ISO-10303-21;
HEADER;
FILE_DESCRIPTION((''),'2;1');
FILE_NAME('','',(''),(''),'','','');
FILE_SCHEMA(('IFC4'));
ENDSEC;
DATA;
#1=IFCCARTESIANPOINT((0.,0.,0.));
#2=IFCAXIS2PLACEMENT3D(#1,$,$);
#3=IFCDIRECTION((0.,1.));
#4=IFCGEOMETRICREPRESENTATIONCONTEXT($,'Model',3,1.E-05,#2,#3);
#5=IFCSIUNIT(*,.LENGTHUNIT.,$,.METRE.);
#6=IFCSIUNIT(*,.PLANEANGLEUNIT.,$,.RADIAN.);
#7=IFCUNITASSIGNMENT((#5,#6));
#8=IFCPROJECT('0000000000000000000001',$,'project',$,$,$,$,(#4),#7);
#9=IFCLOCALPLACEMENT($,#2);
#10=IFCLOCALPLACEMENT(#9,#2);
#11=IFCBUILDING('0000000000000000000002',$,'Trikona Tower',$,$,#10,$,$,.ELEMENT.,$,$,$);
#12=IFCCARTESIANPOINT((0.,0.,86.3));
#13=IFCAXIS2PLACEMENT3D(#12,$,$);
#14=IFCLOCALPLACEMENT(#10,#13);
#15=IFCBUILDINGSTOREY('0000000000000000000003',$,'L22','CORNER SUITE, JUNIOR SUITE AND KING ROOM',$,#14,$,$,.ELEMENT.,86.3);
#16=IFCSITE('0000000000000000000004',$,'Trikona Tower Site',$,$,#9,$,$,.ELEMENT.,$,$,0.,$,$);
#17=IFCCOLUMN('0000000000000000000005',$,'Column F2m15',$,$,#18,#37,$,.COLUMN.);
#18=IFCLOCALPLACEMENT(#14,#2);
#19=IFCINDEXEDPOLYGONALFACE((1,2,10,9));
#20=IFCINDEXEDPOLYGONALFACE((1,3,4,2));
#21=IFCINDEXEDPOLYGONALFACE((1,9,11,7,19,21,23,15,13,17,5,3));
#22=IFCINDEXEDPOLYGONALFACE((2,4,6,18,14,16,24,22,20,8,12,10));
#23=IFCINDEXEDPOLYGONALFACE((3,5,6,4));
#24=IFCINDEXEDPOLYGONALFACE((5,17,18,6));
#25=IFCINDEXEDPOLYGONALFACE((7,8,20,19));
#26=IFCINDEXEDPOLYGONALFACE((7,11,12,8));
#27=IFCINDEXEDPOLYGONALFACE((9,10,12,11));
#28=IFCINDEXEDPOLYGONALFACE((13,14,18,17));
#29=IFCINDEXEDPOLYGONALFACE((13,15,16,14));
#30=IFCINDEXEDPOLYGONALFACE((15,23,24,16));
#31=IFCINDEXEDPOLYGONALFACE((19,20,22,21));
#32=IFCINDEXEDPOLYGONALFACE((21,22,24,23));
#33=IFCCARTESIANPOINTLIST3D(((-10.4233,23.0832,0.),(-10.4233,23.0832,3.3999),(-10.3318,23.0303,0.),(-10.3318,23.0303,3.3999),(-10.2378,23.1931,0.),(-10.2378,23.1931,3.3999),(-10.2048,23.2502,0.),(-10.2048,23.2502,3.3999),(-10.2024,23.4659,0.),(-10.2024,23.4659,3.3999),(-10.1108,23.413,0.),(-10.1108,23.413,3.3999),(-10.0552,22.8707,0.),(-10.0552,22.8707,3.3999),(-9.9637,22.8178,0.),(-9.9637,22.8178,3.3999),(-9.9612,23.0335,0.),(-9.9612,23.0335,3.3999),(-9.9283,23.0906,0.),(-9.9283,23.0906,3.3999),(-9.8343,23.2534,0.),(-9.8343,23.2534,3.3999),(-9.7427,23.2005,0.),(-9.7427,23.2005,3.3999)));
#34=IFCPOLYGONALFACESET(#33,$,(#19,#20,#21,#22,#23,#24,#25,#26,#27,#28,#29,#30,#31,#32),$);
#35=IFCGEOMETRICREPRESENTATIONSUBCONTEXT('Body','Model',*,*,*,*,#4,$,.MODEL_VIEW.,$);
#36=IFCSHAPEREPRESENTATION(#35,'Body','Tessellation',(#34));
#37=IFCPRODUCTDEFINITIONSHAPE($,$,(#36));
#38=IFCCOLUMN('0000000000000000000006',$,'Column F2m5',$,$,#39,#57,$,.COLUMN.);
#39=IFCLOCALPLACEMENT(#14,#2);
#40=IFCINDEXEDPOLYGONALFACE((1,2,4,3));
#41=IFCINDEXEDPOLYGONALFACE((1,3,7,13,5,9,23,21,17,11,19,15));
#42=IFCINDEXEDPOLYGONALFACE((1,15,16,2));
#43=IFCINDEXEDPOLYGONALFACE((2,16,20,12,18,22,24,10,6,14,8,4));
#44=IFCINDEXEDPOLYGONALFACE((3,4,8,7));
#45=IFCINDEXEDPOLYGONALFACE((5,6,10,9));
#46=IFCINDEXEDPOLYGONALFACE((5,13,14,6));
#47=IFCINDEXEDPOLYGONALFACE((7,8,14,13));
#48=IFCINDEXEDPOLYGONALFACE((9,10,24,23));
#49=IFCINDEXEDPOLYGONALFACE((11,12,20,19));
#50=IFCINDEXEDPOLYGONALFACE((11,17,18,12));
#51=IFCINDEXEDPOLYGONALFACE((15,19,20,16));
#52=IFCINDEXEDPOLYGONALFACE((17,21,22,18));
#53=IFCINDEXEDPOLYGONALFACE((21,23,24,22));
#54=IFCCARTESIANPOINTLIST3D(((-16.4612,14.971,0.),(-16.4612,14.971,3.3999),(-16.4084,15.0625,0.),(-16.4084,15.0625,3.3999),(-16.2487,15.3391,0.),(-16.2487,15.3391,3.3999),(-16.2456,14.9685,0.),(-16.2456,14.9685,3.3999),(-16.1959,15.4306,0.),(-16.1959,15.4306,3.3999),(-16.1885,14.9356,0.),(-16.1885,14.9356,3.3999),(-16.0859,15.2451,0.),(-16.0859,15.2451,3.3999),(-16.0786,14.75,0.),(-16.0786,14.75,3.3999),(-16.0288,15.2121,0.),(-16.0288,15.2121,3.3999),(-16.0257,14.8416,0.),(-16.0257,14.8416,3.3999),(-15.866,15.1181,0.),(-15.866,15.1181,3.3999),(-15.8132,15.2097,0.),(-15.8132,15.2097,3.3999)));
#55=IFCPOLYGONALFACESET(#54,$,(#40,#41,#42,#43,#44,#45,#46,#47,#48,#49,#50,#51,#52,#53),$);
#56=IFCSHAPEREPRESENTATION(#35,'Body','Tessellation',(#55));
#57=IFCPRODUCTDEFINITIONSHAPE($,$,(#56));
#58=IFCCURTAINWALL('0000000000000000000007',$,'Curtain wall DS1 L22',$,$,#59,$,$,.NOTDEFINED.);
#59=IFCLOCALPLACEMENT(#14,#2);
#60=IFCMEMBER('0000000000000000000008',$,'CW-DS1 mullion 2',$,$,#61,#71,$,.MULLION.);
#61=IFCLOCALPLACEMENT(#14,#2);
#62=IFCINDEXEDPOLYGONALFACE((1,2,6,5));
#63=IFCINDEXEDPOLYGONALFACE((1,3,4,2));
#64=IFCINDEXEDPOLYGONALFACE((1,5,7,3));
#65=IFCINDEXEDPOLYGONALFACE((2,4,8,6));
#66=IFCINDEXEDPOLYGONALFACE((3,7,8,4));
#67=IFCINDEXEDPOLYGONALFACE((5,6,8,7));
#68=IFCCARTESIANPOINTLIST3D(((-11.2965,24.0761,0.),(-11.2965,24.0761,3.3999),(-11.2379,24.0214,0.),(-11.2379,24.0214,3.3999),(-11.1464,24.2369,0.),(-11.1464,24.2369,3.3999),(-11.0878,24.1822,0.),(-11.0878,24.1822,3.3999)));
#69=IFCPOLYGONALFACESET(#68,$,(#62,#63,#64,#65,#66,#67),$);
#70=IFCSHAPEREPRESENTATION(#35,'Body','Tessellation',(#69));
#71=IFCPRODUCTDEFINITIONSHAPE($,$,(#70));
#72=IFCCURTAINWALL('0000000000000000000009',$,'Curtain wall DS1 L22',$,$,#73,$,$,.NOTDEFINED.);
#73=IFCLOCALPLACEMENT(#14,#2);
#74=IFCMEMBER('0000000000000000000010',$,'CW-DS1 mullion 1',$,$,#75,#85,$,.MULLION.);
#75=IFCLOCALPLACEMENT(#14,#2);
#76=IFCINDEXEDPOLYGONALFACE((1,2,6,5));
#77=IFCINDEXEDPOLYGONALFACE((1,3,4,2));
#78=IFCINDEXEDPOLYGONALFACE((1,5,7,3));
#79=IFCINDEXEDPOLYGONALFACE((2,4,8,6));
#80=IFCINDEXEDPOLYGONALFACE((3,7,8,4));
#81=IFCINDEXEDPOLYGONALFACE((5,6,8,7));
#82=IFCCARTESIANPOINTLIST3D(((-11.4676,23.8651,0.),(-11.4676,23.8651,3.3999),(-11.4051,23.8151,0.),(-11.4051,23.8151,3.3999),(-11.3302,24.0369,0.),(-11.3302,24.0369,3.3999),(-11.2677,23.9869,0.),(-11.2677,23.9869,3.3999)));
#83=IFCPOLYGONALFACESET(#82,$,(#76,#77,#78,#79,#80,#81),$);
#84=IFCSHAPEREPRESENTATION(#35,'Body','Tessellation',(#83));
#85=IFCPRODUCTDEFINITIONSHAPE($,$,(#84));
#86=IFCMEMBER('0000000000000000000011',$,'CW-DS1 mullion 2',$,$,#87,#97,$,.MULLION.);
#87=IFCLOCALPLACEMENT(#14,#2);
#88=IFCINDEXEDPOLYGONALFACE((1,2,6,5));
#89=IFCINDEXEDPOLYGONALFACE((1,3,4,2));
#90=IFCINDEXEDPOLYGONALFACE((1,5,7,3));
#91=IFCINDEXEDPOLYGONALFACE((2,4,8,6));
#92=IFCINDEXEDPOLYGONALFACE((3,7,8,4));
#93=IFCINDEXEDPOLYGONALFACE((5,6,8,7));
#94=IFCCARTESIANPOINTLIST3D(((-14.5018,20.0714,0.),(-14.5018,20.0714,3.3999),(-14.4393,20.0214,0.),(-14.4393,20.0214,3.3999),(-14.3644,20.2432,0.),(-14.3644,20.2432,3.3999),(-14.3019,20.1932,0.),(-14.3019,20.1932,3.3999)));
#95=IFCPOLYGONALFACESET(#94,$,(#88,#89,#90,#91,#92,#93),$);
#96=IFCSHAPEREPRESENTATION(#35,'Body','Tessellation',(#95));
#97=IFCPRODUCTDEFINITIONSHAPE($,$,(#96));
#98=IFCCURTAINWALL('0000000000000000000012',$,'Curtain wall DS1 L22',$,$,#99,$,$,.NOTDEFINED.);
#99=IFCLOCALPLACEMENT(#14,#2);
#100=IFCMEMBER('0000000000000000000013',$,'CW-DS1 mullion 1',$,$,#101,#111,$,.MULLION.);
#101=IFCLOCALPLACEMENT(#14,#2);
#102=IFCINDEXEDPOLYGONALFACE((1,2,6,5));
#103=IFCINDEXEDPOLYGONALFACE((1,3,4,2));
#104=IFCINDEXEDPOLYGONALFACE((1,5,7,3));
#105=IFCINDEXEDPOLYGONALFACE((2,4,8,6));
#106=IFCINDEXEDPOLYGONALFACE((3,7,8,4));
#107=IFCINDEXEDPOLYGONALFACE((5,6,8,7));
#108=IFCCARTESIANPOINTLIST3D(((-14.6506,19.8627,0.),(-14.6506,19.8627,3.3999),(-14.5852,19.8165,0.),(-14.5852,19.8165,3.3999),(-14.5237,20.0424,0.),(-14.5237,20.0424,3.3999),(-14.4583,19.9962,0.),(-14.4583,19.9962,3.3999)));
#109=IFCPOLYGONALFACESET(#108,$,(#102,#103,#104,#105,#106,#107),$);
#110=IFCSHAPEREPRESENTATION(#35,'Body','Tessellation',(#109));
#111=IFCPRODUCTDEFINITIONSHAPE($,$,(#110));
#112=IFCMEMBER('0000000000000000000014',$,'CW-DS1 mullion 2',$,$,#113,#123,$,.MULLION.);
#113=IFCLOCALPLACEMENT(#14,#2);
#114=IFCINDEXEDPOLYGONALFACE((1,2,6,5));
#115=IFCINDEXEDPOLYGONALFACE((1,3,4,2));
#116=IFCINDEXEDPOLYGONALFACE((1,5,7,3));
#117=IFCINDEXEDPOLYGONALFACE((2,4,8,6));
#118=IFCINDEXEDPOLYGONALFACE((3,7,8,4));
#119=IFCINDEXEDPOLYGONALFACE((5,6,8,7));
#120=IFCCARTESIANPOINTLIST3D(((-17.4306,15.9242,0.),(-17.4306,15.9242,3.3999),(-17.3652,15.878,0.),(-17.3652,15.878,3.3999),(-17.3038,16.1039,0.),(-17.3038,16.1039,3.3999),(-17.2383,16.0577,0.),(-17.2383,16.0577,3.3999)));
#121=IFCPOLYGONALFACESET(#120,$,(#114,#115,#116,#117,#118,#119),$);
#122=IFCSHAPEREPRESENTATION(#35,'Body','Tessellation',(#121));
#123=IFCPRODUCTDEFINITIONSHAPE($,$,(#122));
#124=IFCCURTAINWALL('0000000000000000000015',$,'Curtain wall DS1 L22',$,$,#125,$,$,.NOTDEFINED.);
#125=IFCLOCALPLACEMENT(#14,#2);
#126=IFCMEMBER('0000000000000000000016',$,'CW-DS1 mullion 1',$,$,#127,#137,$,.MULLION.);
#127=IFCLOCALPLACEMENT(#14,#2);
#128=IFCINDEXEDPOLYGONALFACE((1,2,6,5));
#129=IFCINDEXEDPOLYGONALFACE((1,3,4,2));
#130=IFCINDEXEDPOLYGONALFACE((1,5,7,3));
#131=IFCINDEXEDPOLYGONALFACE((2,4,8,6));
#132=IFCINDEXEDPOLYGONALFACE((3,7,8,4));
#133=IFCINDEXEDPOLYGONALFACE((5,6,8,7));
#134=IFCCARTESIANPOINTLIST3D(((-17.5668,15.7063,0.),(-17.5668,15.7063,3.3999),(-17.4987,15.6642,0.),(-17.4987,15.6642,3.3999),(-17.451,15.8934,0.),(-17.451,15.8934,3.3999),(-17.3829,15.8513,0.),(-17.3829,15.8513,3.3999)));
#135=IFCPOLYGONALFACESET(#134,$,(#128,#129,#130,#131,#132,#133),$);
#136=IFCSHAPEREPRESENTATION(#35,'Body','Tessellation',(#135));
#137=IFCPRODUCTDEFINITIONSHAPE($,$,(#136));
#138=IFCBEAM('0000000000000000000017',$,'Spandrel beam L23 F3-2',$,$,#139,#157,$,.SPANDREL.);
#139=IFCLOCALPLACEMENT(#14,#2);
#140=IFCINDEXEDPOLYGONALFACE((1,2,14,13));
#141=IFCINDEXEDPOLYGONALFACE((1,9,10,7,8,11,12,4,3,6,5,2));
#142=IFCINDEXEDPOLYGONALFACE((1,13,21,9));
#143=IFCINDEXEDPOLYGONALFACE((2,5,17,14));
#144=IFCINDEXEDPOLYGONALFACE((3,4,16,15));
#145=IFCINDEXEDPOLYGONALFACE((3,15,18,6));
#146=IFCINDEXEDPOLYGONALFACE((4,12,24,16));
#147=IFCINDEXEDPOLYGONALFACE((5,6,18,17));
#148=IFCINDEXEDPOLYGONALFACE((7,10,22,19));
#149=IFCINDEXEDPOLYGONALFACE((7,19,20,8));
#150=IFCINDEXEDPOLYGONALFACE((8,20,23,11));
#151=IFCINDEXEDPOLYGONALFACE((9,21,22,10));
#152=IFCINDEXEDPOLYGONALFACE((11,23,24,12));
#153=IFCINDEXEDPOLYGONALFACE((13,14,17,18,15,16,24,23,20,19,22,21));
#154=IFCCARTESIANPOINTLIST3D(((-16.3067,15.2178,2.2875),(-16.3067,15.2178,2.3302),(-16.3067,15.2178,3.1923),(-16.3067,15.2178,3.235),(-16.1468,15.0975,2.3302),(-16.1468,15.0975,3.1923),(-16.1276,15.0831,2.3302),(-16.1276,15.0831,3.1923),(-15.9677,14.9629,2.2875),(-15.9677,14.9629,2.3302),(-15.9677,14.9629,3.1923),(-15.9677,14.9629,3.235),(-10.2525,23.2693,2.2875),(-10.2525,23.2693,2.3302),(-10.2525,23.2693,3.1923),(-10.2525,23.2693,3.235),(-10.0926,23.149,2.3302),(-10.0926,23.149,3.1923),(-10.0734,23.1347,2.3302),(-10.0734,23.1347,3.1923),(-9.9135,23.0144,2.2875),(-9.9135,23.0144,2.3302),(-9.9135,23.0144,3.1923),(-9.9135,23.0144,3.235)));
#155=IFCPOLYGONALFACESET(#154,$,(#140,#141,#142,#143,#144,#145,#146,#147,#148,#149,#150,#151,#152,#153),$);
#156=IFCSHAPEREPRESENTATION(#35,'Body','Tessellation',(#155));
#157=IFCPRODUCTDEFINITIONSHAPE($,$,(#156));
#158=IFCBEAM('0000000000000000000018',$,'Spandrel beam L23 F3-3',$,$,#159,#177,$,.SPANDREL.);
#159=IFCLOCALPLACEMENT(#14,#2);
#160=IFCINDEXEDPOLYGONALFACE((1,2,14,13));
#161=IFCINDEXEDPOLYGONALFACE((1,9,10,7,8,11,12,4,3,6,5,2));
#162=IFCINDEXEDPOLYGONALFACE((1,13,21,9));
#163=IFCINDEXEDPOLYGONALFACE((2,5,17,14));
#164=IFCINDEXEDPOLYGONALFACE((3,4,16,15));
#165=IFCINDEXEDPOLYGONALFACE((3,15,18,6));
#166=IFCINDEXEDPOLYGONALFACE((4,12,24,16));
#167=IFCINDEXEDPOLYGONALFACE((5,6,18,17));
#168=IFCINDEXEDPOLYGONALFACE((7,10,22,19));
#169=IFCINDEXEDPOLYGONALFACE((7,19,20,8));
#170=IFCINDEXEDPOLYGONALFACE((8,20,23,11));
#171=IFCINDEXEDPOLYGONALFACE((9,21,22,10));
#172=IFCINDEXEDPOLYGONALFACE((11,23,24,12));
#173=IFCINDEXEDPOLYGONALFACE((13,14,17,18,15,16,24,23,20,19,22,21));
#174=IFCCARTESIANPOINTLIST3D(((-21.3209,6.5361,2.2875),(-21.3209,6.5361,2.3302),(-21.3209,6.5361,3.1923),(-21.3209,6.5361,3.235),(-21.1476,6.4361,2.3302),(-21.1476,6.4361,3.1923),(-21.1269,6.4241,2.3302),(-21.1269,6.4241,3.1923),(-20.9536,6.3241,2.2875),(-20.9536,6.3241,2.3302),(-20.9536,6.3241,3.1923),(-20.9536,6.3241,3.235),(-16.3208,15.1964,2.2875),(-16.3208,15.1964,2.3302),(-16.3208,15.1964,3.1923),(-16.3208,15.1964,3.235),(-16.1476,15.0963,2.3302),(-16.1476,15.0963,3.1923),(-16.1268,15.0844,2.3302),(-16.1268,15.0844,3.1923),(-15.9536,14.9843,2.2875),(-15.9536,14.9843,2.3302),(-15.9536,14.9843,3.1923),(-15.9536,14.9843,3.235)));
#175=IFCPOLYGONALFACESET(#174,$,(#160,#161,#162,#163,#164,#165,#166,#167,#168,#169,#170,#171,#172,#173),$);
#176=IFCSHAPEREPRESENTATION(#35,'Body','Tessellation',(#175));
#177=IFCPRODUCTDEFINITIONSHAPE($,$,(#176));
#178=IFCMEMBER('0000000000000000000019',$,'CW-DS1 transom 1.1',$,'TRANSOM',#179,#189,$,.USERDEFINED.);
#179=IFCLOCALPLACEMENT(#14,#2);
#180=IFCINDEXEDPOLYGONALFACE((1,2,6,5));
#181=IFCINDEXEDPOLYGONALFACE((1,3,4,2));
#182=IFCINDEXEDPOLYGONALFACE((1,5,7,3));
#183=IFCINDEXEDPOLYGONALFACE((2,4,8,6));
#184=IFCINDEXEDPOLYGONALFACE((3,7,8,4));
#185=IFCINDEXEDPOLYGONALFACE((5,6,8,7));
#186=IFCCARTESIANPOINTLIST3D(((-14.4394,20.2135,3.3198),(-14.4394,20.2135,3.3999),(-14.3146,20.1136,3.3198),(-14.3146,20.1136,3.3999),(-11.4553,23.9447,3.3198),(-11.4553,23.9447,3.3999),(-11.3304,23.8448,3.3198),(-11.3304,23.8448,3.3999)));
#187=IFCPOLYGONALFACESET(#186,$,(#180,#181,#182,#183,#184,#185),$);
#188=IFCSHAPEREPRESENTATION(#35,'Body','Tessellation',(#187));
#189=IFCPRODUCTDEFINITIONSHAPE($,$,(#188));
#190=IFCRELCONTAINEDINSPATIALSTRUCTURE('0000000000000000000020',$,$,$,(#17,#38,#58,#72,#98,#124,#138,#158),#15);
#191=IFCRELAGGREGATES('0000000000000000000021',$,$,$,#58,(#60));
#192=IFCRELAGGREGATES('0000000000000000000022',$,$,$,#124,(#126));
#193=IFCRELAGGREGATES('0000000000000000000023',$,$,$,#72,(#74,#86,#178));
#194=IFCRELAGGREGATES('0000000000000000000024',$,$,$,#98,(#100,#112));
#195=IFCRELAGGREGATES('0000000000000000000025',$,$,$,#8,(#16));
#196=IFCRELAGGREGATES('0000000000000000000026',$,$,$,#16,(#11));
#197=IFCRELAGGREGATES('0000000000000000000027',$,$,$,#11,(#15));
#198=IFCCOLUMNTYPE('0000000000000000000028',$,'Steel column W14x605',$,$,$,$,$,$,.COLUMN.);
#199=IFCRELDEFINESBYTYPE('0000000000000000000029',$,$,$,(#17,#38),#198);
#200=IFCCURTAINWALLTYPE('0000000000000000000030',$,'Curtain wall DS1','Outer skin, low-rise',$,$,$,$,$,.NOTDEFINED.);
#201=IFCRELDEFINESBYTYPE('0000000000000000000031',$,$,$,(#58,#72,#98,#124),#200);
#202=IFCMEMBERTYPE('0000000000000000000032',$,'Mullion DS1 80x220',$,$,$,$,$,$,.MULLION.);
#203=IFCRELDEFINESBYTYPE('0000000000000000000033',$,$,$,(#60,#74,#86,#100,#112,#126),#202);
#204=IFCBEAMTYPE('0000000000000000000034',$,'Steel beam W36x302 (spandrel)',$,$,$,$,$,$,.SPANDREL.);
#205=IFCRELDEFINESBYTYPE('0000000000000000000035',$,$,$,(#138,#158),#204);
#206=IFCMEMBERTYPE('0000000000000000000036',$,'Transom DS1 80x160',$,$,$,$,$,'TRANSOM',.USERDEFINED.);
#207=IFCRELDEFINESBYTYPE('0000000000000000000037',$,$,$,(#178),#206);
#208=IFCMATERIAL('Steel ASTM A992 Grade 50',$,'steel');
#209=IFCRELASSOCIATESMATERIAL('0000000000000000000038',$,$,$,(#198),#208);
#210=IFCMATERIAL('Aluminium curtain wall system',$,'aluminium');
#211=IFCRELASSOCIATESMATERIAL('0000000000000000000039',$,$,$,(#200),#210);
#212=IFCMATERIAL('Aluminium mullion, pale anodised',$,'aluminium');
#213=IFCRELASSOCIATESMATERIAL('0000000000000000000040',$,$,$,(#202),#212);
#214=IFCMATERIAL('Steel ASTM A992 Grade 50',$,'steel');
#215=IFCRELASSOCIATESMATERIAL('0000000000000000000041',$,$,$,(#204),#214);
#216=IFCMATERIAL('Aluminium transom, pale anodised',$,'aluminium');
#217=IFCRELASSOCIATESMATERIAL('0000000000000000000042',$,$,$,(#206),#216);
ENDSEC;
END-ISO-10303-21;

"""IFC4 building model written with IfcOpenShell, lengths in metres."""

from ifc_helpers import new_model, si_unit, direction, frame, origin, origin_2d, place, context, subcontext, project, spatial, rectangle, i_section, extrude, material, material_profile, profile_set, type_object, element, aggregate, save


model = new_model("IFC4")

# Units and contexts
model_context = context("Model", 3, precision=1e-05, world=origin(), true_north=direction((0.0, 1.0)))
body_context = subcontext(model_context, "Body", "Model", "MODEL_VIEW")
ifc_project = project(units=[si_unit("LENGTHUNIT", "METRE"), si_unit("PLANEANGLEUNIT", "RADIAN")], contexts=[model_context])

# Site, building, storey
site_placement = place(None, origin())
site = spatial("IfcSite", under=ifc_project, at=site_placement, Name="Trikona Tower Site", CompositionType="ELEMENT", RefElevation=0.0)
building_placement = place(site_placement, origin())
building = spatial("IfcBuilding", under=site, at=building_placement, Name="Trikona Tower", CompositionType="ELEMENT")
storey_placement = place(building_placement, frame((0.0, 0.0, 86.3)))
storey = spatial("IfcBuildingStorey", under=building, at=storey_placement, Name="L22", Description="CORNER SUITE, JUNIOR SUITE AND KING ROOM", CompositionType="ELEMENT", Elevation=86.3)

# Columns
ifc_material_1 = material(Name="Steel ASTM A992 Grade 50", Category="steel")
ifc_material_profile_1 = material_profile(ifc_material_1, i_section(OverallWidth=0.4419, OverallDepth=0.5308, WebThickness=0.0659, FlangeThickness=0.1057, at=origin_2d()), Name="W14X605")
ifc_profile_set_1 = profile_set([ifc_material_profile_1], Name="Steel ASTM A992 Grade 50")
column_type = type_object("IfcColumnType", Name="Steel column W14x605", PredefinedType="COLUMN", material=ifc_profile_set_1)
for number, where, z_axis, x_axis, name in (
    (1, (-10.083, 23.1418, 0.0), (0.0, 0.0, 1.0), (-0.5, -0.866025, 0.0), "Column F2m15"),
    (2, (-16.1372, 15.0903, 0.0), (0.0, 0.0, 1.0), (-0.866025, 0.5, 0.0), "Column F2m5"),
):
    element("IfcColumn", number, at=place(storey_placement, frame(where, z_axis=z_axis, x_axis=x_axis)), inside=storey, type_object=column_type, Name=name, PredefinedType="COLUMN", context=body_context, shape_type="SweptSolid", body=[
        extrude(i_section(OverallWidth=0.4419, OverallDepth=0.5308, WebThickness=0.0659, FlangeThickness=0.1057, at=origin_2d()), origin(), (0.0, 0.0, 1.0), 3.3999),
    ])

# Curtain wall, member
ifc_material_2 = material(Name="Aluminium curtain wall system", Category="aluminium")
curtain_wall_type = type_object("IfcCurtainWallType", Name="Curtain wall DS1", Description="Outer skin, low-rise", PredefinedType="NOTDEFINED", material=ifc_material_2)
curtain_wall_1_placement = place(storey_placement, origin())
curtain_wall_1 = element("IfcCurtainWall", 3, at=curtain_wall_1_placement, inside=storey, type_object=curtain_wall_type, Name="Curtain wall DS1 L22", PredefinedType="NOTDEFINED")
ifc_material_3 = material(Name="Aluminium mullion, pale anodised", Category="aluminium")
ifc_material_profile_2 = material_profile(ifc_material_3, rectangle(XDim=0.0801, YDim=0.22, at=origin_2d()), Name="MUL-DS1")
ifc_profile_set_2 = profile_set([ifc_material_profile_2], Name="Aluminium mullion, pale anodised")
member_type_1 = type_object("IfcMemberType", Name="Mullion DS1 80x220", PredefinedType="MULLION", material=ifc_profile_set_2)
member_1_placement = place(storey_placement, frame((-11.1921, 24.1292, 0.0), z_axis=(0.0, 0.0, 1.0), x_axis=(0.731077, -0.682295, 0.0)))
member_1 = element("IfcMember", 4, at=member_1_placement, type_object=member_type_1, Name="CW-DS1 mullion 2", PredefinedType="MULLION", context=body_context, shape_type="SweptSolid", body=[
    extrude(rectangle(XDim=0.0801, YDim=0.22, at=origin_2d()), origin(), (0.0, 0.0, 1.0), 3.3999),
])
aggregate(curtain_wall_1, [member_1])

# Curtain walls, members
curtain_wall_2_placement = place(storey_placement, origin())
curtain_wall_2 = element("IfcCurtainWall", 5, at=curtain_wall_2_placement, inside=storey, type_object=curtain_wall_type, Name="Curtain wall DS1 L22", PredefinedType="NOTDEFINED")
member_2_placement = place(storey_placement, frame((-11.3677, 23.926, 0.0), z_axis=(0.0, 0.0, 1.0), x_axis=(0.780938, -0.624609, 0.0)))
member_2 = element("IfcMember", 6, at=member_2_placement, type_object=member_type_1, Name="CW-DS1 mullion 1", PredefinedType="MULLION", context=body_context, shape_type="SweptSolid", body=[
    extrude(rectangle(XDim=0.0801, YDim=0.22, at=origin_2d()), origin(), (0.0, 0.0, 1.0), 3.3999),
])
member_3_placement = place(storey_placement, frame((-14.4019, 20.1323, 0.0), z_axis=(0.0, 0.0, 1.0), x_axis=(0.780938, -0.624609, 0.0)))
member_3 = element("IfcMember", 7, at=member_3_placement, type_object=member_type_1, Name="CW-DS1 mullion 2", PredefinedType="MULLION", context=body_context, shape_type="SweptSolid", body=[
    extrude(rectangle(XDim=0.0801, YDim=0.22, at=origin_2d()), origin(), (0.0, 0.0, 1.0), 3.3999),
])
curtain_wall_3_placement = place(storey_placement, origin())
curtain_wall_3 = element("IfcCurtainWall", 8, at=curtain_wall_3_placement, inside=storey, type_object=curtain_wall_type, Name="Curtain wall DS1 L22", PredefinedType="NOTDEFINED")
member_4_placement = place(storey_placement, frame((-14.5544, 19.9294, 0.0), z_axis=(0.0, 0.0, 1.0), x_axis=(0.816985, -0.576658, 0.0)))
member_4 = element("IfcMember", 9, at=member_4_placement, type_object=member_type_1, Name="CW-DS1 mullion 1", PredefinedType="MULLION", context=body_context, shape_type="SweptSolid", body=[
    extrude(rectangle(XDim=0.0801, YDim=0.22, at=origin_2d()), origin(), (0.0, 0.0, 1.0), 3.3999),
])
member_5_placement = place(storey_placement, frame((-17.3345, 15.991, 0.0), z_axis=(0.0, 0.0, 1.0), x_axis=(0.816985, -0.576658, 0.0)))
member_5 = element("IfcMember", 10, at=member_5_placement, type_object=member_type_1, Name="CW-DS1 mullion 2", PredefinedType="MULLION", context=body_context, shape_type="SweptSolid", body=[
    extrude(rectangle(XDim=0.0801, YDim=0.22, at=origin_2d()), origin(), (0.0, 0.0, 1.0), 3.3999),
])

# Curtain wall, member
curtain_wall_4_placement = place(storey_placement, origin())
curtain_wall_4 = element("IfcCurtainWall", 11, at=curtain_wall_4_placement, inside=storey, type_object=curtain_wall_type, Name="Curtain wall DS1 L22", PredefinedType="NOTDEFINED")
member_6_placement = place(storey_placement, frame((-17.4749, 15.7788, 0.0), z_axis=(0.0, 0.0, 1.0), x_axis=(0.85041, -0.52612, 0.0)))
member_6 = element("IfcMember", 12, at=member_6_placement, type_object=member_type_1, Name="CW-DS1 mullion 1", PredefinedType="MULLION", context=body_context, shape_type="SweptSolid", body=[
    extrude(rectangle(XDim=0.0801, YDim=0.22, at=origin_2d()), origin(), (0.0, 0.0, 1.0), 3.3999),
])

# Beams
ifc_material_4 = material(Name="Steel ASTM A992 Grade 50", Category="steel")
ifc_material_profile_3 = material_profile(ifc_material_4, i_section(OverallWidth=0.4241, OverallDepth=0.9475, WebThickness=0.0239, FlangeThickness=0.0427, at=origin_2d()), Name="W36X302")
ifc_profile_set_3 = profile_set([ifc_material_profile_3], Name="Steel ASTM A992 Grade 50")
beam_type = type_object("IfcBeamType", Name="Steel beam W36x302 (spandrel)", PredefinedType="SPANDREL", material=ifc_profile_set_3)
beam_1_placement = place(storey_placement, frame((-10.083, 23.1418, 2.7612), z_axis=(-0.600988, -0.799258, 0.0), x_axis=(0.799258, -0.600988, 0.0)))
element("IfcBeam", 13, at=beam_1_placement, inside=storey, type_object=beam_type, Name="Spandrel beam L23 F3-2", PredefinedType="SPANDREL", context=body_context, shape_type="SweptSolid", body=[
    extrude(i_section(OverallWidth=0.4241, OverallDepth=0.9475, WebThickness=0.0239, FlangeThickness=0.0427, at=origin_2d()), origin(), (0.0, 0.0, 1.0), 10.0737),
])
beam_2_placement = place(storey_placement, frame((-16.1372, 15.0903, 2.7612), z_axis=(-0.500004, -0.866023, 0.0), x_axis=(0.866023, -0.500004, 0.0)))
element("IfcBeam", 14, at=beam_2_placement, inside=storey, type_object=beam_type, Name="Spandrel beam L23 F3-3", PredefinedType="SPANDREL", context=body_context, shape_type="SweptSolid", body=[
    extrude(i_section(OverallWidth=0.4241, OverallDepth=0.9475, WebThickness=0.0239, FlangeThickness=0.0427, at=origin_2d()), origin(), (0.0, 0.0, 1.0), 10.0),
])

# Member
ifc_material_5 = material(Name="Aluminium transom, pale anodised", Category="aluminium")
ifc_material_profile_4 = material_profile(ifc_material_5, rectangle(XDim=0.1599, YDim=0.0801, at=origin_2d()), Name="TRN-DS1")
ifc_profile_set_4 = profile_set([ifc_material_profile_4], Name="Aluminium transom, pale anodised")
member_type_2 = type_object("IfcMemberType", Name="Transom DS1 80x160", ElementType="TRANSOM", PredefinedType="USERDEFINED", material=ifc_profile_set_4)
member_7_placement = place(storey_placement, frame((-11.3928, 23.8948, 3.3599), z_axis=(-0.624589, -0.780954, 0.0), x_axis=(0.780954, -0.624589, 0.0)))
member_7 = element("IfcMember", 15, at=member_7_placement, type_object=member_type_2, Name="CW-DS1 transom 1.1", ObjectType="TRANSOM", PredefinedType="USERDEFINED", context=body_context, shape_type="SweptSolid", body=[
    extrude(rectangle(XDim=0.1599, YDim=0.0801, at=origin_2d()), origin(), (0.0, 0.0, 1.0), 4.7778),
])
aggregate(curtain_wall_4, [member_6])

aggregate(curtain_wall_2, [member_2, member_3, member_7])
aggregate(curtain_wall_3, [member_4, member_5])

save(model, "model.ifc")
